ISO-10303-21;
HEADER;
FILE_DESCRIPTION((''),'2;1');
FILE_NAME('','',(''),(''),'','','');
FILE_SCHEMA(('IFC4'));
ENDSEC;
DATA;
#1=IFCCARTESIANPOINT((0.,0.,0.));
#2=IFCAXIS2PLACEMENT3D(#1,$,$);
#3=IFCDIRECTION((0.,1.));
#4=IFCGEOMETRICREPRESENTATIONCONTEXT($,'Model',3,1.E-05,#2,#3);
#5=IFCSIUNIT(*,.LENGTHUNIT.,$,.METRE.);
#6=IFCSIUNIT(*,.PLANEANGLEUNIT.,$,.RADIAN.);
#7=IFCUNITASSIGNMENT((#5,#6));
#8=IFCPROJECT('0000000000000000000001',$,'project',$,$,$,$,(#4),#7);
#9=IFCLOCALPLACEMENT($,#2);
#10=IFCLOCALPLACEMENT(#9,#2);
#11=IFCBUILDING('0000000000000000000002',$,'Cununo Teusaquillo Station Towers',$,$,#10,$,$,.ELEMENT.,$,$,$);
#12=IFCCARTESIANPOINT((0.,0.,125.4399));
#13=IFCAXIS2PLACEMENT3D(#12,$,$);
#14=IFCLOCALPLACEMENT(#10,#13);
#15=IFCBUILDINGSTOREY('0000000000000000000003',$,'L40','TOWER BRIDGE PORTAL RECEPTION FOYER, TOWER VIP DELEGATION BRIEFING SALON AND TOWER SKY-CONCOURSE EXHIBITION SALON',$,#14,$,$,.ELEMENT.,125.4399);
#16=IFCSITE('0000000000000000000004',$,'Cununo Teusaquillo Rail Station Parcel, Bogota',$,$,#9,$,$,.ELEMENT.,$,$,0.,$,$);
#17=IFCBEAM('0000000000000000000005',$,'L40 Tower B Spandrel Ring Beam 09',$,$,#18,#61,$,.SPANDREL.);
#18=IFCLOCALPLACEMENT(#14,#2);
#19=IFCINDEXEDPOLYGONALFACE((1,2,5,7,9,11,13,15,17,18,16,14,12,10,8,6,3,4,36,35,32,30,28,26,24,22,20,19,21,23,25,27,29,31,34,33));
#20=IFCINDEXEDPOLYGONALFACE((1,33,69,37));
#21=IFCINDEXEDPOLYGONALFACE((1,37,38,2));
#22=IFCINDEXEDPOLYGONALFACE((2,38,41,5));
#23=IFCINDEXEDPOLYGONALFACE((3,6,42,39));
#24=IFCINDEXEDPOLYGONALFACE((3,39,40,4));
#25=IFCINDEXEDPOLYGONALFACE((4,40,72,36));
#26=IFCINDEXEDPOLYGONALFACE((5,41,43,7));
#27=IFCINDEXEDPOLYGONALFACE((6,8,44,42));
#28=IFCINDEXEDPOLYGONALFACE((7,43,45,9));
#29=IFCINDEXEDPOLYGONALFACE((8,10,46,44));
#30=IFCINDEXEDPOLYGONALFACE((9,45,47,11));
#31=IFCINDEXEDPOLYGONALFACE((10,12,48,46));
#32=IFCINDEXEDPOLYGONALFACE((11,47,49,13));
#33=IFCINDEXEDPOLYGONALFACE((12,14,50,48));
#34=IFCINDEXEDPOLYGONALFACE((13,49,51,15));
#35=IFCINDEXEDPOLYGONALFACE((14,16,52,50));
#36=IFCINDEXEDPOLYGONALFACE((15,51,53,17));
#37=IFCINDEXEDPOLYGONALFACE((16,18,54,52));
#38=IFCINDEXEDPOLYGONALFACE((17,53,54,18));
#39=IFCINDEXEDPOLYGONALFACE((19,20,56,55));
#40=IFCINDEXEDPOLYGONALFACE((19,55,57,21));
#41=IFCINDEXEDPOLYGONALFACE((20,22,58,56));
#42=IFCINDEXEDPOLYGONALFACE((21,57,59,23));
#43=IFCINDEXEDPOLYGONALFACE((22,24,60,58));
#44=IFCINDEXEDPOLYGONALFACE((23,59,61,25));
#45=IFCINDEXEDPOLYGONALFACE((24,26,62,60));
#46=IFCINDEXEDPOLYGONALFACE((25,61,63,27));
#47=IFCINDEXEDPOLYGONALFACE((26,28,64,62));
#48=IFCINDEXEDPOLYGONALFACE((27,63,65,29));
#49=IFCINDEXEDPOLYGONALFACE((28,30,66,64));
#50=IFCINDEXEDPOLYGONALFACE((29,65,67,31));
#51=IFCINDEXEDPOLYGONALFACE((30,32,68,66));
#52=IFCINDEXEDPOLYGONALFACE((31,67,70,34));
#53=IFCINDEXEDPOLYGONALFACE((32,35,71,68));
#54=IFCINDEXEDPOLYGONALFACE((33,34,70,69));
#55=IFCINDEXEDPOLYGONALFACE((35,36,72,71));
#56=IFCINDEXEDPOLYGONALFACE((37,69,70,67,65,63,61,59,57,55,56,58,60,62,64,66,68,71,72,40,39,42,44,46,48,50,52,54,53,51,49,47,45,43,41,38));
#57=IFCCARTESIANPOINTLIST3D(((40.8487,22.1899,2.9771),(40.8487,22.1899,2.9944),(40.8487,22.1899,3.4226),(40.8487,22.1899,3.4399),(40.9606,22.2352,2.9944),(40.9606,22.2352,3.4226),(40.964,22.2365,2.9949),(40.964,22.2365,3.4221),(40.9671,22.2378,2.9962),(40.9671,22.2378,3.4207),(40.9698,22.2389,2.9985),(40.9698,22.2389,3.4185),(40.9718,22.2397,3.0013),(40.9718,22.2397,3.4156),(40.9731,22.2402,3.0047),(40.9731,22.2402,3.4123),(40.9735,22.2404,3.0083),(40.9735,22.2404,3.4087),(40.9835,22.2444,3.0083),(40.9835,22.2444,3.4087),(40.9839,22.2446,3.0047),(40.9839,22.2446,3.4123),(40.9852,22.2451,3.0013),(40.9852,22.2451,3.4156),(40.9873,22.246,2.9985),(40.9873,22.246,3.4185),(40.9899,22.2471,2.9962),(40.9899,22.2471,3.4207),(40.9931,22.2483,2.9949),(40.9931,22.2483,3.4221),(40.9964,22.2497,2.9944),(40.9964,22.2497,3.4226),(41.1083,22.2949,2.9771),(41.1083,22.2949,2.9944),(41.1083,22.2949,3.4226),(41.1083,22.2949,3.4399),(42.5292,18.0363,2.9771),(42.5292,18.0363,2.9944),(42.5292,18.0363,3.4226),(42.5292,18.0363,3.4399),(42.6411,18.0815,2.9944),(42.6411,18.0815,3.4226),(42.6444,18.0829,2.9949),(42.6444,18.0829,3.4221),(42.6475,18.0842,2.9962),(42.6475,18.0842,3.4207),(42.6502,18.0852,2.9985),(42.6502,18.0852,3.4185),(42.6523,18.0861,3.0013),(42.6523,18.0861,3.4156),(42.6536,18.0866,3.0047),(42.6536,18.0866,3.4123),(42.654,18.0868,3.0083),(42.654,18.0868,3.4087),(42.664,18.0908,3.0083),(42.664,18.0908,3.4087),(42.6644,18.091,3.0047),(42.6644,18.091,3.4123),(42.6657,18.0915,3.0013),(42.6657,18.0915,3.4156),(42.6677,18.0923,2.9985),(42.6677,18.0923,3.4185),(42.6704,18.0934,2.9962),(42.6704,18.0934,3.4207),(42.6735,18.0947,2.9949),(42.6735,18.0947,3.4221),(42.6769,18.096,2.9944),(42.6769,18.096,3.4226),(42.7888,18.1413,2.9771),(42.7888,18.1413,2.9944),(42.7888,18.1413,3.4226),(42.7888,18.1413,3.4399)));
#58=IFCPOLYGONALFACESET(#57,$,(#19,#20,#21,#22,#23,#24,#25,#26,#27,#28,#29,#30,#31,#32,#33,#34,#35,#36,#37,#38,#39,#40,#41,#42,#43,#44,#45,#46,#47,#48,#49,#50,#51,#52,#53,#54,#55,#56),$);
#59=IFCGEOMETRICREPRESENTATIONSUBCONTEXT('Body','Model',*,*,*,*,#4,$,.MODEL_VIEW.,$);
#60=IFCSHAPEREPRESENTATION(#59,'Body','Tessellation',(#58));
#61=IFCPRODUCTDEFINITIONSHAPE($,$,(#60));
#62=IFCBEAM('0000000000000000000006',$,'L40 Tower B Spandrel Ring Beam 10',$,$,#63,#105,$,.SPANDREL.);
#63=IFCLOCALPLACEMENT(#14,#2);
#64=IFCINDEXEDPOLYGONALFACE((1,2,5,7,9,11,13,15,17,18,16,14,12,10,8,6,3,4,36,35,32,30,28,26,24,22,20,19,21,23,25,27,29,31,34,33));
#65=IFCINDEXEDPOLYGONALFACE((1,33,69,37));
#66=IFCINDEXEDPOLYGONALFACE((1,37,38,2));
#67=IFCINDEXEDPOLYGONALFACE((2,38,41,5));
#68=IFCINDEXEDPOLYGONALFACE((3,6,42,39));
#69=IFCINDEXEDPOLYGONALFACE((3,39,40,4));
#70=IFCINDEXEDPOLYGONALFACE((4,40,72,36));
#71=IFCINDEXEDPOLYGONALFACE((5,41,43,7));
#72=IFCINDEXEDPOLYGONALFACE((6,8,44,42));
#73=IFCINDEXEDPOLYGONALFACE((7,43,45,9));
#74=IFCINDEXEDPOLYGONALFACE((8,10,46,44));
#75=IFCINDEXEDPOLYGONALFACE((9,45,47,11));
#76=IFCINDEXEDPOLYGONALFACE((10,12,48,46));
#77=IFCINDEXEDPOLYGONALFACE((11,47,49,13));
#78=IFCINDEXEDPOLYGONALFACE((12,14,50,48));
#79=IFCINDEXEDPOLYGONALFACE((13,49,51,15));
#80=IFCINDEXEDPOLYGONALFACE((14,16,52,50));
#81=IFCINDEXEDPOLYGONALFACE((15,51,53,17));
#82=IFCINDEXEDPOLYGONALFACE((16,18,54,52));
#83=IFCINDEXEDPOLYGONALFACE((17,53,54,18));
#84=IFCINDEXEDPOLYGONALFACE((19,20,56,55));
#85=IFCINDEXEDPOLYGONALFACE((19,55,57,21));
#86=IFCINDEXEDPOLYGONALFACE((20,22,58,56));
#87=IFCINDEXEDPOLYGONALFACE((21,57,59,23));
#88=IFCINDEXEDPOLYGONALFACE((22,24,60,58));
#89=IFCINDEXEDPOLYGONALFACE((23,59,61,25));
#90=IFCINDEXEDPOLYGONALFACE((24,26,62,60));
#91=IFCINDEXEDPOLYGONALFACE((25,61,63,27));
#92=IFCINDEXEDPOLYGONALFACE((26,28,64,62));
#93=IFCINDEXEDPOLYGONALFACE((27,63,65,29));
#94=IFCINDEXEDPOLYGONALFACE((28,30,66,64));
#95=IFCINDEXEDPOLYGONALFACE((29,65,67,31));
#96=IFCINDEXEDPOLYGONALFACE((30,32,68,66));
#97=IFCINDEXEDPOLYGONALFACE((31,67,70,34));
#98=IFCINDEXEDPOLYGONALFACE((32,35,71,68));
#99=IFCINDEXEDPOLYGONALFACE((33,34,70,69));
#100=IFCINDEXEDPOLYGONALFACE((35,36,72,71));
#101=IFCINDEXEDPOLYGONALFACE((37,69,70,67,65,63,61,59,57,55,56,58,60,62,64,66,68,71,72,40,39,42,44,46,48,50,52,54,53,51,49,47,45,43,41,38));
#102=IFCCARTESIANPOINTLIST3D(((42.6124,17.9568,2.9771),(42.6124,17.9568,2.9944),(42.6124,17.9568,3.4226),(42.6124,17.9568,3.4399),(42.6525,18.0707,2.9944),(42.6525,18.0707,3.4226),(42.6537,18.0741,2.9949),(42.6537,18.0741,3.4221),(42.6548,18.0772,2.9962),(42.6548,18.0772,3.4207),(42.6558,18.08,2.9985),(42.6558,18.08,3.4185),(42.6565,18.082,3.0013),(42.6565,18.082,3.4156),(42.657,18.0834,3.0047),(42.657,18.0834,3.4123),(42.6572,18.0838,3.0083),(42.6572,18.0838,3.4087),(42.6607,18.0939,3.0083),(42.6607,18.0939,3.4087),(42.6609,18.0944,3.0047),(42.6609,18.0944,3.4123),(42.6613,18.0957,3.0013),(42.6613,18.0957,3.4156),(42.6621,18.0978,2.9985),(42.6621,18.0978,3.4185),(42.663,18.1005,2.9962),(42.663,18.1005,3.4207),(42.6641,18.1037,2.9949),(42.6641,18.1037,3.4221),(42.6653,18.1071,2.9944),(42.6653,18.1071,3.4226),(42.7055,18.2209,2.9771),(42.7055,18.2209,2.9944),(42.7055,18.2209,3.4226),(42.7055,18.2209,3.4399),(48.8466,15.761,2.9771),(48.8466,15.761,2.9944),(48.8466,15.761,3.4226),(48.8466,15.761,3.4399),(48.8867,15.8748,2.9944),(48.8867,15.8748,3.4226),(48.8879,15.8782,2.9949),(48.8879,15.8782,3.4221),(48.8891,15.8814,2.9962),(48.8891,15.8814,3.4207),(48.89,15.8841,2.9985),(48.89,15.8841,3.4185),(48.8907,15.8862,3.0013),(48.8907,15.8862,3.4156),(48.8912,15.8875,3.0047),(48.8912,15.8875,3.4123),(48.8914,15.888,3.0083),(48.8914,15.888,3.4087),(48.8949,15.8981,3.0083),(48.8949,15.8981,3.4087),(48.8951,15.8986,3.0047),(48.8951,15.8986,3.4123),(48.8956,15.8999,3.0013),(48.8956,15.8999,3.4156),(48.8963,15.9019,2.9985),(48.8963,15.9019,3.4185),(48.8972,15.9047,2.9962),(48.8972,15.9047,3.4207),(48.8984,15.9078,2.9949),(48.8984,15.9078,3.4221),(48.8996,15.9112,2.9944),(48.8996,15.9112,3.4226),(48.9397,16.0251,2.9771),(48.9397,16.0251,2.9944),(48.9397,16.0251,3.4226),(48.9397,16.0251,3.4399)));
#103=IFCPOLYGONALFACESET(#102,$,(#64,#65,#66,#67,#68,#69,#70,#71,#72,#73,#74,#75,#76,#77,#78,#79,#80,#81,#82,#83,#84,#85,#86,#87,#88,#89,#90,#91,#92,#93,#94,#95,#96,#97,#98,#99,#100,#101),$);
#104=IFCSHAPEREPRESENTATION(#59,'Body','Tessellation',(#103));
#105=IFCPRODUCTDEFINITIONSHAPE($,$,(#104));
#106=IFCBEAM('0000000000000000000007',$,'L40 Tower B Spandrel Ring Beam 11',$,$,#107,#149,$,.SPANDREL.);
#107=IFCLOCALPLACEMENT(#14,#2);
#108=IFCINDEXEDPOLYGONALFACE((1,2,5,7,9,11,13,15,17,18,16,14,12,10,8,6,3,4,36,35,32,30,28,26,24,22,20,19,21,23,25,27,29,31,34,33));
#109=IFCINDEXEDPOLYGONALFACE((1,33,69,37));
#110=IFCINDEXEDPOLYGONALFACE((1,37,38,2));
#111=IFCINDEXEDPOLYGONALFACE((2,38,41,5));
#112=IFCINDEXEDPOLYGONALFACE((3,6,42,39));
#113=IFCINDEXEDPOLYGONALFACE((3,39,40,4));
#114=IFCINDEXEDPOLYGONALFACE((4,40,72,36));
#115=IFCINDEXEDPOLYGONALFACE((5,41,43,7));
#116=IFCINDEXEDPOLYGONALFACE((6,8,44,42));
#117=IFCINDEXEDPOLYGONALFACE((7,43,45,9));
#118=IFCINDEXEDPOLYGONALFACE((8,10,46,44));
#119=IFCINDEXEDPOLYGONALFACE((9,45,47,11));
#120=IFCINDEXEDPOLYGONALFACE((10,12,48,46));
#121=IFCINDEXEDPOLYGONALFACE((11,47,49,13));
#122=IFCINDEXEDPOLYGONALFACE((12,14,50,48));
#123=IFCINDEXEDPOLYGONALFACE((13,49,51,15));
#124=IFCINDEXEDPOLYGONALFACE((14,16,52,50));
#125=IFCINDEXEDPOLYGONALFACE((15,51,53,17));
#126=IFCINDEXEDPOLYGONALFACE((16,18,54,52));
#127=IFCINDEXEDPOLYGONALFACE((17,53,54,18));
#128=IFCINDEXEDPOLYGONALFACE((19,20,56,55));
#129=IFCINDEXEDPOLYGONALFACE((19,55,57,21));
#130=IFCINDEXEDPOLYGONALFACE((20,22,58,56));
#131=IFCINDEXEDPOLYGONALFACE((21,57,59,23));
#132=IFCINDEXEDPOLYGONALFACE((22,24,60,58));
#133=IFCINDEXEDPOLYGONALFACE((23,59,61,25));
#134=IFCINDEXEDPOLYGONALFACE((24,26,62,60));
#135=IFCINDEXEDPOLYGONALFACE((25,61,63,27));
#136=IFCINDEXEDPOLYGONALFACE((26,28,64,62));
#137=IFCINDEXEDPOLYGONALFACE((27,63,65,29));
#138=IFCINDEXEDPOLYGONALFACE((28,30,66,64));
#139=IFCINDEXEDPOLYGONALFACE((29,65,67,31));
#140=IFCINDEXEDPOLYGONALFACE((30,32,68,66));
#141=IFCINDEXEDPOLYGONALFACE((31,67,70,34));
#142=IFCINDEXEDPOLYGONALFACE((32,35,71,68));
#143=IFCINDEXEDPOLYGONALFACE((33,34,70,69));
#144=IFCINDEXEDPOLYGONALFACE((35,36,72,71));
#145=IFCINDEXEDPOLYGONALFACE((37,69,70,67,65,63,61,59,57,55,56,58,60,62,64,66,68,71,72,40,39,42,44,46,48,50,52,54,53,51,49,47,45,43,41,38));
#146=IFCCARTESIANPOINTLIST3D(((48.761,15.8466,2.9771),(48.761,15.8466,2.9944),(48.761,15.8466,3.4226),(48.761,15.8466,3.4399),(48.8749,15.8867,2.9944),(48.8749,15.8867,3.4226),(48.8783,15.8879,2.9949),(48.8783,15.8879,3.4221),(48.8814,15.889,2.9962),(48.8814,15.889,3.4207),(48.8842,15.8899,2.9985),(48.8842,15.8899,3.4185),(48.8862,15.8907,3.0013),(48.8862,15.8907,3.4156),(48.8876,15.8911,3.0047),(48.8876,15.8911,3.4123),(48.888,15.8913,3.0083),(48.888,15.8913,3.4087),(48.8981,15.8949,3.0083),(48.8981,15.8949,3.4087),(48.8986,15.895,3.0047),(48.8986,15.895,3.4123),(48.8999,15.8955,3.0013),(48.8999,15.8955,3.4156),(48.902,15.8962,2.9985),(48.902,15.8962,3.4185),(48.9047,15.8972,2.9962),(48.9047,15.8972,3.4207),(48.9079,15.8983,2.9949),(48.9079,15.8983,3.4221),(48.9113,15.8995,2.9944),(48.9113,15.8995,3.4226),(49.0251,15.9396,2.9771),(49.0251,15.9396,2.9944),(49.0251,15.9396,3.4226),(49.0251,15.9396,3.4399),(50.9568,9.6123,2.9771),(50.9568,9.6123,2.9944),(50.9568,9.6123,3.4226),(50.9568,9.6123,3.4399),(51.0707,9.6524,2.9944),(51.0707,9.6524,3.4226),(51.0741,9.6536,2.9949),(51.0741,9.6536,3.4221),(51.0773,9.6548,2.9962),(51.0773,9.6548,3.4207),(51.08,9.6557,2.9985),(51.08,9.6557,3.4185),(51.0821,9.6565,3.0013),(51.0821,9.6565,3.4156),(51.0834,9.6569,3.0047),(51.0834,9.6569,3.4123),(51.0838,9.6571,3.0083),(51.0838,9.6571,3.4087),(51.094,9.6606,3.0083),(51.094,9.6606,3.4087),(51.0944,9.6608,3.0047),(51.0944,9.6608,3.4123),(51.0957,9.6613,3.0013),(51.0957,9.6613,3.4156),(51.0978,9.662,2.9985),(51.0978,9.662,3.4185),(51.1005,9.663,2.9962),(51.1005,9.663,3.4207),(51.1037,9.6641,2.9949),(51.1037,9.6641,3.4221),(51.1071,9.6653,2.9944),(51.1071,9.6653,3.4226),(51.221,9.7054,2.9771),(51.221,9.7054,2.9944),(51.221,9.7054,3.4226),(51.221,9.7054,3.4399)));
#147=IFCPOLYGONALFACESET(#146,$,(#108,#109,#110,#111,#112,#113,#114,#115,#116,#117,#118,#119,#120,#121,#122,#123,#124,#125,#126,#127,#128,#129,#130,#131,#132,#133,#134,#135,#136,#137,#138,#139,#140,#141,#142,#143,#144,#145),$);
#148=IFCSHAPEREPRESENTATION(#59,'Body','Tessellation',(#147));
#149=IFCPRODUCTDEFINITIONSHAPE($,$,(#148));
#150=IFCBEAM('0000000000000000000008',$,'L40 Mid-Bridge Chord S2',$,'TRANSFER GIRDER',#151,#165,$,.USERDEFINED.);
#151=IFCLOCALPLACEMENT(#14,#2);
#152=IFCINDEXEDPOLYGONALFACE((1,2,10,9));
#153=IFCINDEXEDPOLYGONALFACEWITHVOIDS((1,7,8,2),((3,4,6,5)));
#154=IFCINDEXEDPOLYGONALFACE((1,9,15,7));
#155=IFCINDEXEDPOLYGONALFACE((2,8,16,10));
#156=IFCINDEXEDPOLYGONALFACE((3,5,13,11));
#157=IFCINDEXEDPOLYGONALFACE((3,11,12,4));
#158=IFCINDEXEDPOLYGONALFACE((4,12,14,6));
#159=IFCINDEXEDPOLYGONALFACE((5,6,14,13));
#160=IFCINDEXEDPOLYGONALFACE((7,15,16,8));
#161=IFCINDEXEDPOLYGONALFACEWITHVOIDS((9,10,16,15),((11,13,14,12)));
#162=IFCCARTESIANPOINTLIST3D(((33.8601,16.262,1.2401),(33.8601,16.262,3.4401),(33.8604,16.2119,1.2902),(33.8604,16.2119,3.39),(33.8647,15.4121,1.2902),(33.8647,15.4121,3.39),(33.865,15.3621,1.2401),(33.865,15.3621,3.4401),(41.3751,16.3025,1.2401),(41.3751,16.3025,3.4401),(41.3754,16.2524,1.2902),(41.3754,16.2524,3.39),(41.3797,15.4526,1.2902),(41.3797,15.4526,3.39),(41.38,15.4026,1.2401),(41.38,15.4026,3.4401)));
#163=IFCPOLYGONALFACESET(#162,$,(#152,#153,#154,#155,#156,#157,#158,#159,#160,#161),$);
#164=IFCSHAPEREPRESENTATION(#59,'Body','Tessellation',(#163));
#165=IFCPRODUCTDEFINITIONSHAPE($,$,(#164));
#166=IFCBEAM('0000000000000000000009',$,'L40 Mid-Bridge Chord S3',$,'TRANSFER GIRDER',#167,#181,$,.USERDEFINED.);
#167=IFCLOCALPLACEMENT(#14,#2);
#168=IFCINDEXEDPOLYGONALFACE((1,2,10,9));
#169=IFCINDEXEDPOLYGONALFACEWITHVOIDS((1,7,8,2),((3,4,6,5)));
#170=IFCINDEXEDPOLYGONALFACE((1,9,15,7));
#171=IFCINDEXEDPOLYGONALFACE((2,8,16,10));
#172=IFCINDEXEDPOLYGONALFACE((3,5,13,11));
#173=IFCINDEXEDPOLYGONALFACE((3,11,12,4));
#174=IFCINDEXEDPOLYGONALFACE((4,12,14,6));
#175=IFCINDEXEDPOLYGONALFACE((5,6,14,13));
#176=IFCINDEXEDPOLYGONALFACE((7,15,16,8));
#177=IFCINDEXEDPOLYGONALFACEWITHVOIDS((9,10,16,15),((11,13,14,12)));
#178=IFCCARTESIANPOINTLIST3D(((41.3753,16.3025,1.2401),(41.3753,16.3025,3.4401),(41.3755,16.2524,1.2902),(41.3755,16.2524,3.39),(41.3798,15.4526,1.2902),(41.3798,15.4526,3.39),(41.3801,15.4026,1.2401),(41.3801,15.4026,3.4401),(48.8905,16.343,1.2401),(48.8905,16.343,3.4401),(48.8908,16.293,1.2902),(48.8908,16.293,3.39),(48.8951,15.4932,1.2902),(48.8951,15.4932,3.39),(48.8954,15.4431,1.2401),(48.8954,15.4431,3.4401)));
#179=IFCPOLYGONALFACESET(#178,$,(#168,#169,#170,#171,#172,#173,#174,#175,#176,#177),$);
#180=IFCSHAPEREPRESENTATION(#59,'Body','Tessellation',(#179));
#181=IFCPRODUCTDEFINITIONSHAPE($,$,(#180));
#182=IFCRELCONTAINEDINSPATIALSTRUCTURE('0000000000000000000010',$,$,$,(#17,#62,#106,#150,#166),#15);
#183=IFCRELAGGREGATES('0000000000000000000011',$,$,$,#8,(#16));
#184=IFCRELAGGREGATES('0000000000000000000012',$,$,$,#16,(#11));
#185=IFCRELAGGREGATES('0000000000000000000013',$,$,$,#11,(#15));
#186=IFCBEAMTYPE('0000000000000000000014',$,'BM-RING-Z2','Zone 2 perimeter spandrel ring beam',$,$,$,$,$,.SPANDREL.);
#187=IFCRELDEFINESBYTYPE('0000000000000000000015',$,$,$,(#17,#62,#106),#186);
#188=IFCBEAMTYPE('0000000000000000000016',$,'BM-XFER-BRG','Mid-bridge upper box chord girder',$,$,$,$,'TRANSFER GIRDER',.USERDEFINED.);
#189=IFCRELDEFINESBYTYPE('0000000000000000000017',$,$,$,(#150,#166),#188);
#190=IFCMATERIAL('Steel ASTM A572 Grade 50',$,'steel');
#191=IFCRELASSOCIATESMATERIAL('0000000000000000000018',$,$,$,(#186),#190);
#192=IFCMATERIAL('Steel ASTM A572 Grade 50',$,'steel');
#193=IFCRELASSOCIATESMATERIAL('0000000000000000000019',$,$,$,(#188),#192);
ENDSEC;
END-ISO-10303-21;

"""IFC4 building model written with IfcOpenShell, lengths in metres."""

from ifc_helpers import new_model, si_unit, direction, frame, origin, origin_2d, place, context, subcontext, project, spatial, hollow_rectangle, i_section, extrude, material, material_profile, profile_set, type_object, element, save


model = new_model("IFC4")

# Units and contexts
model_context = context("Model", 3, precision=1e-05, world=origin(), true_north=direction((0.0, 1.0)))
body_context = subcontext(model_context, "Body", "Model", "MODEL_VIEW")
ifc_project = project(units=[si_unit("LENGTHUNIT", "METRE"), si_unit("PLANEANGLEUNIT", "RADIAN")], contexts=[model_context])

# Site, building, storey
site_placement = place(None, origin())
site = spatial("IfcSite", under=ifc_project, at=site_placement, Name="Cununo Teusaquillo Rail Station Parcel, Bogota", CompositionType="ELEMENT", RefElevation=0.0)
building_placement = place(site_placement, origin())
building = spatial("IfcBuilding", under=site, at=building_placement, Name="Cununo Teusaquillo Station Towers", CompositionType="ELEMENT")
storey_placement = place(building_placement, frame((0.0, 0.0, 125.4399)))
storey = spatial("IfcBuildingStorey", under=building, at=storey_placement, Name="L40", Description="TOWER BRIDGE PORTAL RECEPTION FOYER, TOWER VIP DELEGATION BRIEFING SALON AND TOWER SKY-CONCOURSE EXHIBITION SALON", CompositionType="ELEMENT", Elevation=125.4399)

# Beams
ifc_material_1 = material(Name="Steel ASTM A572 Grade 50", Category="steel")
ifc_material_profile_1 = material_profile(ifc_material_1, i_section(OverallWidth=0.28, OverallDepth=0.4629, WebThickness=0.0107, FlangeThickness=0.0173, FilletRadius=0.0139, at=origin_2d()), Name="W18X76")
ifc_profile_set_1 = profile_set([ifc_material_profile_1], Name="Steel ASTM A572 Grade 50")
beam_type_1 = type_object("IfcBeamType", Name="BM-RING-Z2", Description="Zone 2 perimeter spandrel ring beam", PredefinedType="SPANDREL", material=ifc_profile_set_1)
beam_1_placement = place(storey_placement, frame((40.9785, 22.2424, 3.2085), z_axis=(0.375042, -0.927008, 0.0), x_axis=(0.927008, 0.375042, 0.0)))
element("IfcBeam", 1, at=beam_1_placement, inside=storey, type_object=beam_type_1, Name="L40 Tower B Spandrel Ring Beam 09", PredefinedType="SPANDREL", context=body_context, shape_type="SweptSolid", body=[
    extrude(i_section(OverallWidth=0.28, OverallDepth=0.4629, WebThickness=0.0107, FlangeThickness=0.0173, FilletRadius=0.0139, at=origin_2d()), origin(), (0.0, 0.0, 1.0), 4.4807),
])
for number, where, z_axis, x_axis, name in (
    (2, (42.6589, 18.0889, 3.2085), (0.943203, -0.332217, 0.0), (0.332217, 0.943203, 0.0), "L40 Tower B Spandrel Ring Beam 10"),
    (3, (48.8931, 15.8931, 3.2085), (0.332217, -0.943203, 0.0), (0.943203, 0.332217, 0.0), "L40 Tower B Spandrel Ring Beam 11"),
):
    element("IfcBeam", number, at=place(storey_placement, frame(where, z_axis=z_axis, x_axis=x_axis)), inside=storey, type_object=beam_type_1, Name=name, PredefinedType="SPANDREL", context=body_context, shape_type="SweptSolid", body=[
        extrude(i_section(OverallWidth=0.28, OverallDepth=0.4629, WebThickness=0.0107, FlangeThickness=0.0173, FilletRadius=0.0139, at=origin_2d()), origin(), (0.0, 0.0, 1.0), 6.6096),
    ])
ifc_material_2 = material(Name="Steel ASTM A572 Grade 50", Category="steel")
ifc_material_profile_2 = material_profile(ifc_material_2, hollow_rectangle(XDim=0.8999, YDim=2.2, WallThickness=0.05, at=origin_2d()), Name="BOX 2200x900x50")
ifc_profile_set_2 = profile_set([ifc_material_profile_2], Name="Steel ASTM A572 Grade 50")
beam_type_2 = type_object("IfcBeamType", Name="BM-XFER-BRG", Description="Mid-bridge upper box chord girder", ElementType="TRANSFER GIRDER", PredefinedType="USERDEFINED", material=ifc_profile_set_2)
beam_2_placement = place(storey_placement, frame((33.8625, 15.812, 2.3401), z_axis=(0.999985, 0.005393, 0.0), x_axis=(-0.005393, 0.999985, 0.0)))
element("IfcBeam", 4, at=beam_2_placement, inside=storey, type_object=beam_type_2, Name="L40 Mid-Bridge Chord S2", ObjectType="TRANSFER GIRDER", PredefinedType="USERDEFINED", context=body_context, shape_type="SweptSolid", body=[
    extrude(hollow_rectangle(XDim=0.8999, YDim=2.2, WallThickness=0.05, at=origin_2d()), origin(), (0.0, 0.0, 1.0), 7.5151),
])
beam_3_placement = place(storey_placement, frame((41.3777, 15.8525, 2.3401), z_axis=(0.999985, 0.005393, 0.0), x_axis=(-0.005393, 0.999985, 0.0)))
element("IfcBeam", 5, at=beam_3_placement, inside=storey, type_object=beam_type_2, Name="L40 Mid-Bridge Chord S3", ObjectType="TRANSFER GIRDER", PredefinedType="USERDEFINED", context=body_context, shape_type="SweptSolid", body=[
    extrude(hollow_rectangle(XDim=0.8999, YDim=2.2, WallThickness=0.05, at=origin_2d()), origin(), (0.0, 0.0, 1.0), 7.5154),
])

save(model, "model.ifc")
